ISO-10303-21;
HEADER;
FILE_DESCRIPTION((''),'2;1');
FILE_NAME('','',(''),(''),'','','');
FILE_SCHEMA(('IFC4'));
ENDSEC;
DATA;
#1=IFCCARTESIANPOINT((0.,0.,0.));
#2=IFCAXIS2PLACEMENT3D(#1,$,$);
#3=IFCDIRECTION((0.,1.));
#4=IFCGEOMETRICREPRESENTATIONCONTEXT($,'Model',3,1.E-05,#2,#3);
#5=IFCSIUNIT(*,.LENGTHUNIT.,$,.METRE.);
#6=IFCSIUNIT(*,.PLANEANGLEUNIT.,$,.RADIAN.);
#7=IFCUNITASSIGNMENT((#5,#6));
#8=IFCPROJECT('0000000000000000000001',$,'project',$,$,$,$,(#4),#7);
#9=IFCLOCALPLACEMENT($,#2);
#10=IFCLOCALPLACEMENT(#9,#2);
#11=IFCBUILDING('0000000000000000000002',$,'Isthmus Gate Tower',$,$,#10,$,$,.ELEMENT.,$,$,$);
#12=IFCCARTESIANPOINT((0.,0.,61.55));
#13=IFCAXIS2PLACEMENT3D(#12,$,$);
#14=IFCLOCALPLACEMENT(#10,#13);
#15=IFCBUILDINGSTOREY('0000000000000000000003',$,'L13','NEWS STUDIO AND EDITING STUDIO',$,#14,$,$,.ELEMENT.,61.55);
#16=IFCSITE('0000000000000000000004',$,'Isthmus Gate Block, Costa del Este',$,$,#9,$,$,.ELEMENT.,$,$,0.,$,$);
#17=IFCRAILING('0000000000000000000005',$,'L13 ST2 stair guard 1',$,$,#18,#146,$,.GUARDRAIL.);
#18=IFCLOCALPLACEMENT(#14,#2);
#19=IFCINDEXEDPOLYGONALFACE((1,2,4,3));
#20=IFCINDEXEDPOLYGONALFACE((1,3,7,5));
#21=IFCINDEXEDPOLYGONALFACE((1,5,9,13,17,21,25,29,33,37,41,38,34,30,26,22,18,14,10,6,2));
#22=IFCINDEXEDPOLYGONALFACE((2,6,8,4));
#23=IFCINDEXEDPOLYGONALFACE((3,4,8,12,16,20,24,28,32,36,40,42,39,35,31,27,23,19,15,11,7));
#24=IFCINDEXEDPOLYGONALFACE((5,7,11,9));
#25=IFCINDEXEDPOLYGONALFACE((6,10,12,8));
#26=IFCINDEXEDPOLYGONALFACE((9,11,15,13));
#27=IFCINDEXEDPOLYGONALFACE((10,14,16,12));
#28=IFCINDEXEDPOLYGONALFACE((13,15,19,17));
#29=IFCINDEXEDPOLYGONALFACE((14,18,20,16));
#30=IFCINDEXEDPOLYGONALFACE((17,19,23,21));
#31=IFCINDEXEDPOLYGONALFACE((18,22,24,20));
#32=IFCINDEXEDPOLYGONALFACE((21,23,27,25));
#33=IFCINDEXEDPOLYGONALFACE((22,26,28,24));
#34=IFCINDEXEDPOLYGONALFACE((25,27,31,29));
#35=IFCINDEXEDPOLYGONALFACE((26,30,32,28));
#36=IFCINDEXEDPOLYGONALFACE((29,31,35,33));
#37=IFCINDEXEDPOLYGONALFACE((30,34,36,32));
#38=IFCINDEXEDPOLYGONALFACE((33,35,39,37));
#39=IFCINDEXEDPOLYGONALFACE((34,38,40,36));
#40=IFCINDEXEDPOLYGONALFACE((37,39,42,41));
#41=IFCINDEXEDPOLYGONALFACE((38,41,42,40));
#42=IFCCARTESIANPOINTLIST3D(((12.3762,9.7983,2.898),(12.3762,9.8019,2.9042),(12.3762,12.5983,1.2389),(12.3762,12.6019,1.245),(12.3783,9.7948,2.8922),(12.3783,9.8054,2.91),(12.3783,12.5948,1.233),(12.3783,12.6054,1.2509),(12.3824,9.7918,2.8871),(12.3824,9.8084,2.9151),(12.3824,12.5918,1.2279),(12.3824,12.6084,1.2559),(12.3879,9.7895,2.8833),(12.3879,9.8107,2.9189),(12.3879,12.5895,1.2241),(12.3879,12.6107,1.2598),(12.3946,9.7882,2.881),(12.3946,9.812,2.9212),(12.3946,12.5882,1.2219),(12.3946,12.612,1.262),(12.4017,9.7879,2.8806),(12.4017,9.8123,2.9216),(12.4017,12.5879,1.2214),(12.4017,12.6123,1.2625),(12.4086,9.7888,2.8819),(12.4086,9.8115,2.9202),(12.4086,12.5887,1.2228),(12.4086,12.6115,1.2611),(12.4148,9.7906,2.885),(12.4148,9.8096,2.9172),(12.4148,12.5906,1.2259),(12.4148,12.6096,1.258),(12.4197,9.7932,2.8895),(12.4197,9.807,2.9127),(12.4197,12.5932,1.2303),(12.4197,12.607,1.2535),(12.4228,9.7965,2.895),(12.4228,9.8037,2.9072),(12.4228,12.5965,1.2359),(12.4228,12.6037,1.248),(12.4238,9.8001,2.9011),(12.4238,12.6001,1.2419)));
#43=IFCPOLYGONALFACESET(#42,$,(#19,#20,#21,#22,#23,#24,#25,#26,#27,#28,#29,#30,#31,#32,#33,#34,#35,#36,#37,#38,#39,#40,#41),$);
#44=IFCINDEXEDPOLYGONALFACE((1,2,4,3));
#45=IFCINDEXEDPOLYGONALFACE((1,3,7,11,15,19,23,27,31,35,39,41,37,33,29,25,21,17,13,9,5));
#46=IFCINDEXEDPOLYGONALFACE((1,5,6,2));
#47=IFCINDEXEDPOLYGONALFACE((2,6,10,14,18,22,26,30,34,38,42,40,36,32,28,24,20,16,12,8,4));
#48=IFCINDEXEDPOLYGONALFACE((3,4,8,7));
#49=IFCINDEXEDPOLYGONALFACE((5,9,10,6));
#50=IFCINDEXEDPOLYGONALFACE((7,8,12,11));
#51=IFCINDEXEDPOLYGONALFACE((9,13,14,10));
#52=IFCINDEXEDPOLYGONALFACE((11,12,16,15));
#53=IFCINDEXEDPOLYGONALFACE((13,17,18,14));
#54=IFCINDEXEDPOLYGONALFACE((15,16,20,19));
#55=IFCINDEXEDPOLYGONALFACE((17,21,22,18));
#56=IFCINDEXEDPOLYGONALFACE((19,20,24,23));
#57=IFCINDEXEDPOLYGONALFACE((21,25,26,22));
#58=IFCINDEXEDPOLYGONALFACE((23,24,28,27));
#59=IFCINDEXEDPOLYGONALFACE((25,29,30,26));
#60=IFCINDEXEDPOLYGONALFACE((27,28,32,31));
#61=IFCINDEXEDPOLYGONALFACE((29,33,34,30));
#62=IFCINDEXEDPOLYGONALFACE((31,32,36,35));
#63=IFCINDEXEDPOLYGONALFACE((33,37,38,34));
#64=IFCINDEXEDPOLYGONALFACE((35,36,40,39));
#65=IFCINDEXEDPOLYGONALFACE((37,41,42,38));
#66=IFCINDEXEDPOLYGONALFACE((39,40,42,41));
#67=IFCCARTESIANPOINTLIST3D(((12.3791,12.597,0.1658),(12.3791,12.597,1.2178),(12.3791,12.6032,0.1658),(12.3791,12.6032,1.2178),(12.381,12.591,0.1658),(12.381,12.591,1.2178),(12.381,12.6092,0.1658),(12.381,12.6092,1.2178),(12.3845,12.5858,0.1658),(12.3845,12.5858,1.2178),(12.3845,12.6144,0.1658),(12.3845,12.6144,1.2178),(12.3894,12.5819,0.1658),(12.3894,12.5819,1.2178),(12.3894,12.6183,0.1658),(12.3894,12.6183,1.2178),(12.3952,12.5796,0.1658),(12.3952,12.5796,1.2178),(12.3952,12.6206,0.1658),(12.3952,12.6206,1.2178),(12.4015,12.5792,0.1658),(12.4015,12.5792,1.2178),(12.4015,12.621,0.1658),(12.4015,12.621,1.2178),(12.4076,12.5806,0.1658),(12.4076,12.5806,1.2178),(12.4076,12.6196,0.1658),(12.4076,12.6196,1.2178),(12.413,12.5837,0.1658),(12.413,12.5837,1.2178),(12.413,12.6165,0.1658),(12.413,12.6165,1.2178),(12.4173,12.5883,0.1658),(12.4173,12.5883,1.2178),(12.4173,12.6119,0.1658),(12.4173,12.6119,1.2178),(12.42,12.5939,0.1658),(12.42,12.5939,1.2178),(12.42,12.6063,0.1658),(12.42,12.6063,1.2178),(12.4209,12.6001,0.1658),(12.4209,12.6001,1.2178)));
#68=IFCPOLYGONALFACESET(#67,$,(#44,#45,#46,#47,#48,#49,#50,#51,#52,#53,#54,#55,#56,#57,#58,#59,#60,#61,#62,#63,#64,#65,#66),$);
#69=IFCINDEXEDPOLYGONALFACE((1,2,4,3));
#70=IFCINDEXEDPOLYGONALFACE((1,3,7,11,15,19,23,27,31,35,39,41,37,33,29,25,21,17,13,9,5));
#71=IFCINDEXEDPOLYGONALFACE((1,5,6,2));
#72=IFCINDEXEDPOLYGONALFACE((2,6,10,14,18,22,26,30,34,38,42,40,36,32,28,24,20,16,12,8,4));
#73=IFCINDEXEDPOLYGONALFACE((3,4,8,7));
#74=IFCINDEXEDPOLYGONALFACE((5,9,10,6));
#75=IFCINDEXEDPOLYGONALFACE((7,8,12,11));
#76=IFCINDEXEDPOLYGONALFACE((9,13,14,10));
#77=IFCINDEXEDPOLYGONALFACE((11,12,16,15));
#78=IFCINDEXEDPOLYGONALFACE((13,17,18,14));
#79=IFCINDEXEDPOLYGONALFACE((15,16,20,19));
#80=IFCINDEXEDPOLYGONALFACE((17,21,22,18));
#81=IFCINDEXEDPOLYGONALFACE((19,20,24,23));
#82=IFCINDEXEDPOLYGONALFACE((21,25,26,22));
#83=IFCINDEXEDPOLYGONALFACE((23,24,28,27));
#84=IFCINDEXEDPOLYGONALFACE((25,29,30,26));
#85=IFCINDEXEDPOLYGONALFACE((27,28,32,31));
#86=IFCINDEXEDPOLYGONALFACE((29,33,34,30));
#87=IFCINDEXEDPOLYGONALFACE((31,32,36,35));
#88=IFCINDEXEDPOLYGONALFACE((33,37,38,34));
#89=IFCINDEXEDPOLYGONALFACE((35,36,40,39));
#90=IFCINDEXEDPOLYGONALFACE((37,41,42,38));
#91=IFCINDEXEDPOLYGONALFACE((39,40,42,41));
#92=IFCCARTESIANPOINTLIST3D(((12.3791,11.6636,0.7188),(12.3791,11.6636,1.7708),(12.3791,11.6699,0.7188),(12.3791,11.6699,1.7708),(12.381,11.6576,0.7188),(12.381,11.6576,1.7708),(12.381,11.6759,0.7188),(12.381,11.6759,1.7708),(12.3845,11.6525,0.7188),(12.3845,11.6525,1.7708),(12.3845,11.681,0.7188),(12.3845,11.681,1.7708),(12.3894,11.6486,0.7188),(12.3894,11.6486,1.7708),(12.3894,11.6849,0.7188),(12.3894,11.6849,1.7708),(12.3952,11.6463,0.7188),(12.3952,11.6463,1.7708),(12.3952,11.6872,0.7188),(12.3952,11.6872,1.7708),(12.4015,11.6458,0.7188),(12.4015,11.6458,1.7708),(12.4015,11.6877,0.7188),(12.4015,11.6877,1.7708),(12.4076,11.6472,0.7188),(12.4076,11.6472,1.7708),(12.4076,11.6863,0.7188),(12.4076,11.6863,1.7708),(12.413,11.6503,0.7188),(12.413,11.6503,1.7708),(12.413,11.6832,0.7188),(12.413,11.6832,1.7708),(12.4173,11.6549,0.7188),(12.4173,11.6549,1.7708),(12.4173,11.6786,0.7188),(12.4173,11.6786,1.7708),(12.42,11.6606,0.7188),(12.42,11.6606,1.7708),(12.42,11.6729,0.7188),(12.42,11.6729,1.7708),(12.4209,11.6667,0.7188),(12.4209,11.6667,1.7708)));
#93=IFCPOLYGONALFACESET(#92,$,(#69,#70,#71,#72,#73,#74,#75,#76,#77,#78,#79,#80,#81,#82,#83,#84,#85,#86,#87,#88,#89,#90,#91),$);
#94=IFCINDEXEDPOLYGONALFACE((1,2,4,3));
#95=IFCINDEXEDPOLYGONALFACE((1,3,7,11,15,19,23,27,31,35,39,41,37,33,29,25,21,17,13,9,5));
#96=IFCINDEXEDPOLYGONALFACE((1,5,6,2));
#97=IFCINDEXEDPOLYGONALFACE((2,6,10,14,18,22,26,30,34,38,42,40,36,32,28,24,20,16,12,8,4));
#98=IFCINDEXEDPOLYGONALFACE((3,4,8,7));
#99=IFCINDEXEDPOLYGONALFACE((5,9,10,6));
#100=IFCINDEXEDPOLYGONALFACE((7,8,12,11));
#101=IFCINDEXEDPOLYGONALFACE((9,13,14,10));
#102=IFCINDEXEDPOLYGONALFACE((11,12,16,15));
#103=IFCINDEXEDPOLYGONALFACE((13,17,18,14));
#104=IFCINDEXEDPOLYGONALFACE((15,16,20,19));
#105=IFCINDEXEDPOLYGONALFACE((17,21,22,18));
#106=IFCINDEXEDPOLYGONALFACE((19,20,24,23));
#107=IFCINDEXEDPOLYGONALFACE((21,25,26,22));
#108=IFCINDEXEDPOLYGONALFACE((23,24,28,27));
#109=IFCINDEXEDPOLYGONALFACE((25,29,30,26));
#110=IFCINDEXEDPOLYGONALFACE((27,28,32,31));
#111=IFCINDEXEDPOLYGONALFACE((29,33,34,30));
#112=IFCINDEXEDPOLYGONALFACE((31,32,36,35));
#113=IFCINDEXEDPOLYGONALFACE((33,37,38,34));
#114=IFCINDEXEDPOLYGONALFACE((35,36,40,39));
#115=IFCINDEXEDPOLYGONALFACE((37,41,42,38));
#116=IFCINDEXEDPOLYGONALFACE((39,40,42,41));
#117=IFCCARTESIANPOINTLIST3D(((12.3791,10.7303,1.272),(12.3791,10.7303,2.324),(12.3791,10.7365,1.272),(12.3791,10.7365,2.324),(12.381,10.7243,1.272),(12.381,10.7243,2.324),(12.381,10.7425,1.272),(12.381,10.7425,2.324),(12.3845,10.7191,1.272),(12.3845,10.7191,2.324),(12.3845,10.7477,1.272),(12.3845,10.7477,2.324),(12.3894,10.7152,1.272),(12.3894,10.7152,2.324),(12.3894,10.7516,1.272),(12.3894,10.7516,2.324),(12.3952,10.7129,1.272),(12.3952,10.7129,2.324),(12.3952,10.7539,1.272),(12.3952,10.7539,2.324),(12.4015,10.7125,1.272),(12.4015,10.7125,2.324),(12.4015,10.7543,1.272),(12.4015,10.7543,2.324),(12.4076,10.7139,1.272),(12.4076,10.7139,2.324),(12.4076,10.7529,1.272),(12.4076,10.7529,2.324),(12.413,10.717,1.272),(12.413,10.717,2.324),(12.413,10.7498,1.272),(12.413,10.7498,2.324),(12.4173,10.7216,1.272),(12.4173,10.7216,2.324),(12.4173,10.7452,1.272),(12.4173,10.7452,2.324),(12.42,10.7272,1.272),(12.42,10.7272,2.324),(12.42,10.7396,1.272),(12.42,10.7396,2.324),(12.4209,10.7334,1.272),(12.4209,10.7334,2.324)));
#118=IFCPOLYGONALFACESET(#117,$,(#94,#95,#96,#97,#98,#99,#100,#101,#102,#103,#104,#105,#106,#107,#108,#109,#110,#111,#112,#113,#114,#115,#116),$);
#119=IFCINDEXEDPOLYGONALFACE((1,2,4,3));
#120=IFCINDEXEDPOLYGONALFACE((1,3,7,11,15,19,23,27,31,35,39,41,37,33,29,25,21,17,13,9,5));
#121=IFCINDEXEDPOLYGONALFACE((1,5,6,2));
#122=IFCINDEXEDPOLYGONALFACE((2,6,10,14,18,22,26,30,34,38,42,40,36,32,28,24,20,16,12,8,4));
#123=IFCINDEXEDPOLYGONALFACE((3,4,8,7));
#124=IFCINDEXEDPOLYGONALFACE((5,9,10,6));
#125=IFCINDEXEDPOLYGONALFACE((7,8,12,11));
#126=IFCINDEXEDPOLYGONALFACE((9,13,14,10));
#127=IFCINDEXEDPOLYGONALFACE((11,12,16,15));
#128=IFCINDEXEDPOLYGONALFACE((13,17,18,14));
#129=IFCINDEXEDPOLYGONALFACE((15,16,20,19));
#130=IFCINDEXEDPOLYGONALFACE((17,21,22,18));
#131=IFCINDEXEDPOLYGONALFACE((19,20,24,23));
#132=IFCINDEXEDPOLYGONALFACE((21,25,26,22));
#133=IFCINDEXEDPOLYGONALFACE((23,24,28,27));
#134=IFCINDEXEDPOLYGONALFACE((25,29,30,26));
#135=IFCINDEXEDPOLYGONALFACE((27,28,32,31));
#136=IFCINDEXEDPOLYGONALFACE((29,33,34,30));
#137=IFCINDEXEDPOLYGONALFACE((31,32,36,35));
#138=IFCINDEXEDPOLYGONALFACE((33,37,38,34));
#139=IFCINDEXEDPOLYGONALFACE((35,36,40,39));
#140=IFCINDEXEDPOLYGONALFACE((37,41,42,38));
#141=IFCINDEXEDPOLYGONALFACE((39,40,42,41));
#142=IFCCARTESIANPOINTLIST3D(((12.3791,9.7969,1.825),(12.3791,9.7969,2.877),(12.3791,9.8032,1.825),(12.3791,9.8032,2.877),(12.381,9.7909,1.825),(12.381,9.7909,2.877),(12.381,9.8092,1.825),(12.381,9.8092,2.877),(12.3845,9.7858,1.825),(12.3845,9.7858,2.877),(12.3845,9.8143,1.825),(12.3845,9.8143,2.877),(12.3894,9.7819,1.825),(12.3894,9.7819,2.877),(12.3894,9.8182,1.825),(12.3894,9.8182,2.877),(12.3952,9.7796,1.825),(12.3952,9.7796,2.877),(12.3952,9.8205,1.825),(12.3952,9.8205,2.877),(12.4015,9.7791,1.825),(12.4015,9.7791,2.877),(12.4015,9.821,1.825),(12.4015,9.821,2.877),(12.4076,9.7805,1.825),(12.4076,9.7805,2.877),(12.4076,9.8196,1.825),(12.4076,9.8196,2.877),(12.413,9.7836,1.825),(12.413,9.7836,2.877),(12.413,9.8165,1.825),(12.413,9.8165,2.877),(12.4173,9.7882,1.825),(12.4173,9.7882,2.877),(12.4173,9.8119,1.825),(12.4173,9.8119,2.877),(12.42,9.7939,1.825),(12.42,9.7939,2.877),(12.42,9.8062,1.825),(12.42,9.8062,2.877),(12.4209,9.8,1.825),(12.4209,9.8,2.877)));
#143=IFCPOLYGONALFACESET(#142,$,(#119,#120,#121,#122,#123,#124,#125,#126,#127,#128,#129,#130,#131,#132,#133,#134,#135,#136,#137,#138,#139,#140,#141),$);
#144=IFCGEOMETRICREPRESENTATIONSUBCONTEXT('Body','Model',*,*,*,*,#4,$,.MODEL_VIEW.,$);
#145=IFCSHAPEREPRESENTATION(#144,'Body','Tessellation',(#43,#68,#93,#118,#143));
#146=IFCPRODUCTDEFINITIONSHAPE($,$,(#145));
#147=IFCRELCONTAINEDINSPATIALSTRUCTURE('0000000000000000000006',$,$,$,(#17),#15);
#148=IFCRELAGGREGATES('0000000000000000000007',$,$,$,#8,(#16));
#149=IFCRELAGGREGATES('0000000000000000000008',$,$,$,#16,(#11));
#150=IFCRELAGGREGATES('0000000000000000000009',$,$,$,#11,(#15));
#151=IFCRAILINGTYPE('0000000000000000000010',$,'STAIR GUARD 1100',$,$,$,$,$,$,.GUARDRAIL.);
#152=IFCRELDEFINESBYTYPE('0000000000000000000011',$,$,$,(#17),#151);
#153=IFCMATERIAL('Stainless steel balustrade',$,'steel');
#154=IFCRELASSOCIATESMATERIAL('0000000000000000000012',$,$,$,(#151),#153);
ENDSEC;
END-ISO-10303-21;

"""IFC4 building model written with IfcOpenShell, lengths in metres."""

from ifc_helpers import new_model, si_unit, direction, frame, origin, origin_2d, place, context, subcontext, project, spatial, circle, extrude, material, type_object, element, save


model = new_model("IFC4")

# Units and contexts
model_context = context("Model", 3, precision=1e-05, world=origin(), true_north=direction((0.0, 1.0)))
body_context = subcontext(model_context, "Body", "Model", "MODEL_VIEW")
ifc_project = project(units=[si_unit("LENGTHUNIT", "METRE"), si_unit("PLANEANGLEUNIT", "RADIAN")], contexts=[model_context])

# Site, building, storey
site_placement = place(None, origin())
site = spatial("IfcSite", under=ifc_project, at=site_placement, Name="Isthmus Gate Block, Costa del Este", CompositionType="ELEMENT", RefElevation=0.0)
building_placement = place(site_placement, origin())
building = spatial("IfcBuilding", under=site, at=building_placement, Name="Isthmus Gate Tower", CompositionType="ELEMENT")
storey_placement = place(building_placement, frame((0.0, 0.0, 61.55)))
storey = spatial("IfcBuildingStorey", under=building, at=storey_placement, Name="L13", Description="NEWS STUDIO AND EDITING STUDIO", CompositionType="ELEMENT", Elevation=61.55)

# Railing
ifc_material_1 = material(Name="Stainless steel balustrade", Category="steel")
railing_type_1 = type_object("IfcRailingType", Name="STAIR GUARD 1100", PredefinedType="GUARDRAIL", material=ifc_material_1)
railing_1_placement = place(storey_placement, frame((12.3999, 12.6001, 0.1658)))
element("IfcRailing", 1, at=railing_1_placement, inside=storey, type_object=railing_type_1, Name="L13 ST2 stair guard 1", PredefinedType="GUARDRAIL", context=body_context, shape_type="SweptSolid", body=[
    extrude(circle(Radius=0.0239, at=origin_2d()), frame((0.0, 0.0, 1.0762), z_axis=(0.0, -0.860306, 0.509778), x_axis=(1.0, 0.0, 0.0)), (0.0, 0.0, 1.0), 3.2546),
    extrude(circle(Radius=0.021, at=origin_2d()), origin(), (0.0, 0.0, 1.0), 1.052),
    extrude(circle(Radius=0.021, at=origin_2d()), frame((0.0, -0.9333, 0.553)), (0.0, 0.0, 1.0), 1.052),
    extrude(circle(Radius=0.021, at=origin_2d()), frame((0.0, -1.8667, 1.1062)), (0.0, 0.0, 1.0), 1.052),
    extrude(circle(Radius=0.021, at=origin_2d()), frame((0.0, -2.8, 1.6592)), (0.0, 0.0, 1.0), 1.052),
])

save(model, "model.ifc")
